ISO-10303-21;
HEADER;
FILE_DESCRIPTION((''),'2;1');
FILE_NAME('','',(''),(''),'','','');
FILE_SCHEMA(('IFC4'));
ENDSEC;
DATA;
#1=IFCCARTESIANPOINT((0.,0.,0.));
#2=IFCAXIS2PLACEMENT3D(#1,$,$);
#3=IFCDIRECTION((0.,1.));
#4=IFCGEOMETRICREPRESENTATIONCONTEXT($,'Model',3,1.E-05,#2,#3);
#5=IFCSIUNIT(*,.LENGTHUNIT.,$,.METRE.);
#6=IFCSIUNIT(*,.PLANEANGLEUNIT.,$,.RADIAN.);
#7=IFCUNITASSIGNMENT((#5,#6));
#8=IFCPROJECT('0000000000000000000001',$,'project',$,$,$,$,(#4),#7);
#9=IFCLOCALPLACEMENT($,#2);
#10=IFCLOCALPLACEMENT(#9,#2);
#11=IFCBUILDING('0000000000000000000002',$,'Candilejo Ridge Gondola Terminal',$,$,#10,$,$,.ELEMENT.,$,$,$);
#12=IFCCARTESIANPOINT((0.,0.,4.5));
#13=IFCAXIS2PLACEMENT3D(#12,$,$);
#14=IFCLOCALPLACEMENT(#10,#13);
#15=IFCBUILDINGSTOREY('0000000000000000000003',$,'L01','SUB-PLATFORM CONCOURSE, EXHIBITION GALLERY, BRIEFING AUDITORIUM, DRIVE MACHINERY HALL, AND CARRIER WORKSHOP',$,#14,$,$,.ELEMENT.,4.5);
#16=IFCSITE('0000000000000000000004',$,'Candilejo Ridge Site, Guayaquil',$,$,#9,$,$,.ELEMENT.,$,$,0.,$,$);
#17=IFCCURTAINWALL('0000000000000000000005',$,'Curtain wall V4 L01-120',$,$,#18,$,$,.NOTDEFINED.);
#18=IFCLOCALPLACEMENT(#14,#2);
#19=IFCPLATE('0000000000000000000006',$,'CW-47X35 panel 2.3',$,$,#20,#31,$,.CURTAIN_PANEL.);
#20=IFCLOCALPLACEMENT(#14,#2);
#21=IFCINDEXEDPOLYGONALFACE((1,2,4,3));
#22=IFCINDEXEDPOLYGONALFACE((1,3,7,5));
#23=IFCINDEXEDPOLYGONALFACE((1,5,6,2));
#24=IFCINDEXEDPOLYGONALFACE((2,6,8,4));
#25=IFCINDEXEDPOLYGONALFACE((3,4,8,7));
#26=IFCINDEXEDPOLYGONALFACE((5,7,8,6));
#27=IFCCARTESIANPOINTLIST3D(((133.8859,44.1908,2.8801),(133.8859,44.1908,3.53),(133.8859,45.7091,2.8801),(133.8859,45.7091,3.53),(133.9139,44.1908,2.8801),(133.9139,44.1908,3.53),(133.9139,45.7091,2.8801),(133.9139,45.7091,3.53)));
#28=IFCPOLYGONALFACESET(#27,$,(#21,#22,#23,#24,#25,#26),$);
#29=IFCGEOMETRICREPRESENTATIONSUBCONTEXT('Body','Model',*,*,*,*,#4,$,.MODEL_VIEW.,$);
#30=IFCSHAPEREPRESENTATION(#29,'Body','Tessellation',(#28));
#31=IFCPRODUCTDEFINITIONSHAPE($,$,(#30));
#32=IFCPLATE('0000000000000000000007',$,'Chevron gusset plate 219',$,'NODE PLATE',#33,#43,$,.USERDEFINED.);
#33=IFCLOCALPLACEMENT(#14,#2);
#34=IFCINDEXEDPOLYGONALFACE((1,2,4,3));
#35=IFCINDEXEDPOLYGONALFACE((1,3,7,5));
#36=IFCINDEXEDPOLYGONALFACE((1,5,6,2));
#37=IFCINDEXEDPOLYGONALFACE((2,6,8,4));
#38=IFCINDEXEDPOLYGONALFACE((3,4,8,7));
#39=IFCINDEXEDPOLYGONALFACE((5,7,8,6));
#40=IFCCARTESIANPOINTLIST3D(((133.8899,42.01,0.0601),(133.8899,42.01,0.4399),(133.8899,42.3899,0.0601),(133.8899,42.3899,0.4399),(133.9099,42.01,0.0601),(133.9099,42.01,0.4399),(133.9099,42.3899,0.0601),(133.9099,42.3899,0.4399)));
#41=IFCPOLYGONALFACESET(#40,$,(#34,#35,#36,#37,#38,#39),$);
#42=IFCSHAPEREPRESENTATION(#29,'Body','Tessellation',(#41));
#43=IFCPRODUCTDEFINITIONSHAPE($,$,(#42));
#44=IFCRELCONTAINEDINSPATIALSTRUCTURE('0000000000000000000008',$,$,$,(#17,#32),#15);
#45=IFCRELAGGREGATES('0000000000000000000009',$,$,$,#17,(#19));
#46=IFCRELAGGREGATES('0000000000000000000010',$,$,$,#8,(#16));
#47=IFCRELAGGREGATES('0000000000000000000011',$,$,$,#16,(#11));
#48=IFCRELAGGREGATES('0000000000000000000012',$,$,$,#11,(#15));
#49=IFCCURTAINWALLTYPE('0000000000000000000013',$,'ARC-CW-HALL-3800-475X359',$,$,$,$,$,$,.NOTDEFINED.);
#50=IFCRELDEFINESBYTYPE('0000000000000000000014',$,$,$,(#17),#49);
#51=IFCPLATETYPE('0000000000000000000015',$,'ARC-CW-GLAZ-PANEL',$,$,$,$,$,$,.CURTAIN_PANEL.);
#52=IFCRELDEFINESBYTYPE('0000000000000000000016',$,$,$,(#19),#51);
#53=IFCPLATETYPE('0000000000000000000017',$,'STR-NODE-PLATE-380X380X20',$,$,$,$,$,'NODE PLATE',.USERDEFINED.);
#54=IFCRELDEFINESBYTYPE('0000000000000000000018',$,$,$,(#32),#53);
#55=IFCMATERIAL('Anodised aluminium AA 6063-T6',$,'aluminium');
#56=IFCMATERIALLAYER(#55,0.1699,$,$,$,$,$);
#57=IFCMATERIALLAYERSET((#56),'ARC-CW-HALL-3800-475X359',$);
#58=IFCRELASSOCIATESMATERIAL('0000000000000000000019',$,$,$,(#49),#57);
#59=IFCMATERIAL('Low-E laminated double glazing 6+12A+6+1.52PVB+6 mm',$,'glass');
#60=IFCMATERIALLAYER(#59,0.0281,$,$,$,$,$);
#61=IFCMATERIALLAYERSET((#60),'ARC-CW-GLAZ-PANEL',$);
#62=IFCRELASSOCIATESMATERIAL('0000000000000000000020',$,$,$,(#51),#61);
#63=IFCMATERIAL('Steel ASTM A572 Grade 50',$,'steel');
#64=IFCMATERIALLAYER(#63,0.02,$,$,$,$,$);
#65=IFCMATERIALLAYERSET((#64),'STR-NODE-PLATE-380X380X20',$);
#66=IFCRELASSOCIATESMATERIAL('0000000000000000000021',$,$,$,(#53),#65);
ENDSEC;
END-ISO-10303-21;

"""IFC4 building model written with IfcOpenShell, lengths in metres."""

from ifc_helpers import new_model, si_unit, direction, frame, origin, origin_2d, place, context, subcontext, project, spatial, rectangle, extrude, material, layer, layer_set, type_object, element, aggregate, save


model = new_model("IFC4")

# Units and contexts
model_context = context("Model", 3, precision=1e-05, world=origin(), true_north=direction((0.0, 1.0)))
body_context = subcontext(model_context, "Body", "Model", "MODEL_VIEW")
ifc_project = project(units=[si_unit("LENGTHUNIT", "METRE"), si_unit("PLANEANGLEUNIT", "RADIAN")], contexts=[model_context])

# Site, building, storey
site_placement = place(None, origin())
site = spatial("IfcSite", under=ifc_project, at=site_placement, Name="Candilejo Ridge Site, Guayaquil", CompositionType="ELEMENT", RefElevation=0.0)
building_placement = place(site_placement, origin())
building = spatial("IfcBuilding", under=site, at=building_placement, Name="Candilejo Ridge Gondola Terminal", CompositionType="ELEMENT")
storey_placement = place(building_placement, frame((0.0, 0.0, 4.5)))
storey = spatial("IfcBuildingStorey", under=building, at=storey_placement, Name="L01", Description="SUB-PLATFORM CONCOURSE, EXHIBITION GALLERY, BRIEFING AUDITORIUM, DRIVE MACHINERY HALL, AND CARRIER WORKSHOP", CompositionType="ELEMENT", Elevation=4.5)

# Curtain wall
ifc_material_1 = material(Name="Anodised aluminium AA 6063-T6", Category="aluminium")
ifc_layer_1 = layer(ifc_material_1, 0.1699)
ifc_layer_set_1 = layer_set([ifc_layer_1], Name="ARC-CW-HALL-3800-475X359")
curtain_wall_type = type_object("IfcCurtainWallType", Name="ARC-CW-HALL-3800-475X359", PredefinedType="NOTDEFINED", material=ifc_layer_set_1)
curtain_wall_placement = place(storey_placement, origin())
curtain_wall = element("IfcCurtainWall", 1, at=curtain_wall_placement, inside=storey, type_object=curtain_wall_type, Name="Curtain wall V4 L01-120", PredefinedType="NOTDEFINED")

# Plates
ifc_material_2 = material(Name="Low-E laminated double glazing 6+12A+6+1.52PVB+6 mm", Category="glass")
ifc_layer_2 = layer(ifc_material_2, 0.0281)
ifc_layer_set_2 = layer_set([ifc_layer_2], Name="ARC-CW-GLAZ-PANEL")
plate_type_1 = type_object("IfcPlateType", Name="ARC-CW-GLAZ-PANEL", PredefinedType="CURTAIN_PANEL", material=ifc_layer_set_2)
plate_1_placement = place(storey_placement, frame((133.8999, 44.95, 2.8801), z_axis=(0.0, 0.0, 1.0), x_axis=(0.0, 1.0, 0.0)))
plate_1 = element("IfcPlate", 2, at=plate_1_placement, type_object=plate_type_1, Name="CW-47X35 panel 2.3", PredefinedType="CURTAIN_PANEL", context=body_context, shape_type="SweptSolid", body=[
    extrude(rectangle(XDim=1.5183, YDim=0.0281, at=origin_2d()), origin(), (0.0, 0.0, 1.0), 0.6499),
])
aggregate(curtain_wall, [plate_1])
ifc_material_3 = material(Name="Steel ASTM A572 Grade 50", Category="steel")
ifc_layer_3 = layer(ifc_material_3, 0.02)
ifc_layer_set_3 = layer_set([ifc_layer_3], Name="STR-NODE-PLATE-380X380X20")
plate_type_2 = type_object("IfcPlateType", Name="STR-NODE-PLATE-380X380X20", ElementType="NODE PLATE", PredefinedType="USERDEFINED", material=ifc_layer_set_3)
plate_2_placement = place(storey_placement, frame((133.8999, 42.2, 0.0601), z_axis=(0.0, 0.0, 1.0), x_axis=(1.0, 0.0, 0.0)))
element("IfcPlate", 3, at=plate_2_placement, inside=storey, type_object=plate_type_2, Name="Chevron gusset plate 219", ObjectType="NODE PLATE", PredefinedType="USERDEFINED", context=body_context, shape_type="SweptSolid", body=[
    extrude(rectangle(XDim=0.02, YDim=0.3799, at=origin_2d()), origin(), (0.0, 0.0, 1.0), 0.3799),
])

save(model, "model.ifc")
